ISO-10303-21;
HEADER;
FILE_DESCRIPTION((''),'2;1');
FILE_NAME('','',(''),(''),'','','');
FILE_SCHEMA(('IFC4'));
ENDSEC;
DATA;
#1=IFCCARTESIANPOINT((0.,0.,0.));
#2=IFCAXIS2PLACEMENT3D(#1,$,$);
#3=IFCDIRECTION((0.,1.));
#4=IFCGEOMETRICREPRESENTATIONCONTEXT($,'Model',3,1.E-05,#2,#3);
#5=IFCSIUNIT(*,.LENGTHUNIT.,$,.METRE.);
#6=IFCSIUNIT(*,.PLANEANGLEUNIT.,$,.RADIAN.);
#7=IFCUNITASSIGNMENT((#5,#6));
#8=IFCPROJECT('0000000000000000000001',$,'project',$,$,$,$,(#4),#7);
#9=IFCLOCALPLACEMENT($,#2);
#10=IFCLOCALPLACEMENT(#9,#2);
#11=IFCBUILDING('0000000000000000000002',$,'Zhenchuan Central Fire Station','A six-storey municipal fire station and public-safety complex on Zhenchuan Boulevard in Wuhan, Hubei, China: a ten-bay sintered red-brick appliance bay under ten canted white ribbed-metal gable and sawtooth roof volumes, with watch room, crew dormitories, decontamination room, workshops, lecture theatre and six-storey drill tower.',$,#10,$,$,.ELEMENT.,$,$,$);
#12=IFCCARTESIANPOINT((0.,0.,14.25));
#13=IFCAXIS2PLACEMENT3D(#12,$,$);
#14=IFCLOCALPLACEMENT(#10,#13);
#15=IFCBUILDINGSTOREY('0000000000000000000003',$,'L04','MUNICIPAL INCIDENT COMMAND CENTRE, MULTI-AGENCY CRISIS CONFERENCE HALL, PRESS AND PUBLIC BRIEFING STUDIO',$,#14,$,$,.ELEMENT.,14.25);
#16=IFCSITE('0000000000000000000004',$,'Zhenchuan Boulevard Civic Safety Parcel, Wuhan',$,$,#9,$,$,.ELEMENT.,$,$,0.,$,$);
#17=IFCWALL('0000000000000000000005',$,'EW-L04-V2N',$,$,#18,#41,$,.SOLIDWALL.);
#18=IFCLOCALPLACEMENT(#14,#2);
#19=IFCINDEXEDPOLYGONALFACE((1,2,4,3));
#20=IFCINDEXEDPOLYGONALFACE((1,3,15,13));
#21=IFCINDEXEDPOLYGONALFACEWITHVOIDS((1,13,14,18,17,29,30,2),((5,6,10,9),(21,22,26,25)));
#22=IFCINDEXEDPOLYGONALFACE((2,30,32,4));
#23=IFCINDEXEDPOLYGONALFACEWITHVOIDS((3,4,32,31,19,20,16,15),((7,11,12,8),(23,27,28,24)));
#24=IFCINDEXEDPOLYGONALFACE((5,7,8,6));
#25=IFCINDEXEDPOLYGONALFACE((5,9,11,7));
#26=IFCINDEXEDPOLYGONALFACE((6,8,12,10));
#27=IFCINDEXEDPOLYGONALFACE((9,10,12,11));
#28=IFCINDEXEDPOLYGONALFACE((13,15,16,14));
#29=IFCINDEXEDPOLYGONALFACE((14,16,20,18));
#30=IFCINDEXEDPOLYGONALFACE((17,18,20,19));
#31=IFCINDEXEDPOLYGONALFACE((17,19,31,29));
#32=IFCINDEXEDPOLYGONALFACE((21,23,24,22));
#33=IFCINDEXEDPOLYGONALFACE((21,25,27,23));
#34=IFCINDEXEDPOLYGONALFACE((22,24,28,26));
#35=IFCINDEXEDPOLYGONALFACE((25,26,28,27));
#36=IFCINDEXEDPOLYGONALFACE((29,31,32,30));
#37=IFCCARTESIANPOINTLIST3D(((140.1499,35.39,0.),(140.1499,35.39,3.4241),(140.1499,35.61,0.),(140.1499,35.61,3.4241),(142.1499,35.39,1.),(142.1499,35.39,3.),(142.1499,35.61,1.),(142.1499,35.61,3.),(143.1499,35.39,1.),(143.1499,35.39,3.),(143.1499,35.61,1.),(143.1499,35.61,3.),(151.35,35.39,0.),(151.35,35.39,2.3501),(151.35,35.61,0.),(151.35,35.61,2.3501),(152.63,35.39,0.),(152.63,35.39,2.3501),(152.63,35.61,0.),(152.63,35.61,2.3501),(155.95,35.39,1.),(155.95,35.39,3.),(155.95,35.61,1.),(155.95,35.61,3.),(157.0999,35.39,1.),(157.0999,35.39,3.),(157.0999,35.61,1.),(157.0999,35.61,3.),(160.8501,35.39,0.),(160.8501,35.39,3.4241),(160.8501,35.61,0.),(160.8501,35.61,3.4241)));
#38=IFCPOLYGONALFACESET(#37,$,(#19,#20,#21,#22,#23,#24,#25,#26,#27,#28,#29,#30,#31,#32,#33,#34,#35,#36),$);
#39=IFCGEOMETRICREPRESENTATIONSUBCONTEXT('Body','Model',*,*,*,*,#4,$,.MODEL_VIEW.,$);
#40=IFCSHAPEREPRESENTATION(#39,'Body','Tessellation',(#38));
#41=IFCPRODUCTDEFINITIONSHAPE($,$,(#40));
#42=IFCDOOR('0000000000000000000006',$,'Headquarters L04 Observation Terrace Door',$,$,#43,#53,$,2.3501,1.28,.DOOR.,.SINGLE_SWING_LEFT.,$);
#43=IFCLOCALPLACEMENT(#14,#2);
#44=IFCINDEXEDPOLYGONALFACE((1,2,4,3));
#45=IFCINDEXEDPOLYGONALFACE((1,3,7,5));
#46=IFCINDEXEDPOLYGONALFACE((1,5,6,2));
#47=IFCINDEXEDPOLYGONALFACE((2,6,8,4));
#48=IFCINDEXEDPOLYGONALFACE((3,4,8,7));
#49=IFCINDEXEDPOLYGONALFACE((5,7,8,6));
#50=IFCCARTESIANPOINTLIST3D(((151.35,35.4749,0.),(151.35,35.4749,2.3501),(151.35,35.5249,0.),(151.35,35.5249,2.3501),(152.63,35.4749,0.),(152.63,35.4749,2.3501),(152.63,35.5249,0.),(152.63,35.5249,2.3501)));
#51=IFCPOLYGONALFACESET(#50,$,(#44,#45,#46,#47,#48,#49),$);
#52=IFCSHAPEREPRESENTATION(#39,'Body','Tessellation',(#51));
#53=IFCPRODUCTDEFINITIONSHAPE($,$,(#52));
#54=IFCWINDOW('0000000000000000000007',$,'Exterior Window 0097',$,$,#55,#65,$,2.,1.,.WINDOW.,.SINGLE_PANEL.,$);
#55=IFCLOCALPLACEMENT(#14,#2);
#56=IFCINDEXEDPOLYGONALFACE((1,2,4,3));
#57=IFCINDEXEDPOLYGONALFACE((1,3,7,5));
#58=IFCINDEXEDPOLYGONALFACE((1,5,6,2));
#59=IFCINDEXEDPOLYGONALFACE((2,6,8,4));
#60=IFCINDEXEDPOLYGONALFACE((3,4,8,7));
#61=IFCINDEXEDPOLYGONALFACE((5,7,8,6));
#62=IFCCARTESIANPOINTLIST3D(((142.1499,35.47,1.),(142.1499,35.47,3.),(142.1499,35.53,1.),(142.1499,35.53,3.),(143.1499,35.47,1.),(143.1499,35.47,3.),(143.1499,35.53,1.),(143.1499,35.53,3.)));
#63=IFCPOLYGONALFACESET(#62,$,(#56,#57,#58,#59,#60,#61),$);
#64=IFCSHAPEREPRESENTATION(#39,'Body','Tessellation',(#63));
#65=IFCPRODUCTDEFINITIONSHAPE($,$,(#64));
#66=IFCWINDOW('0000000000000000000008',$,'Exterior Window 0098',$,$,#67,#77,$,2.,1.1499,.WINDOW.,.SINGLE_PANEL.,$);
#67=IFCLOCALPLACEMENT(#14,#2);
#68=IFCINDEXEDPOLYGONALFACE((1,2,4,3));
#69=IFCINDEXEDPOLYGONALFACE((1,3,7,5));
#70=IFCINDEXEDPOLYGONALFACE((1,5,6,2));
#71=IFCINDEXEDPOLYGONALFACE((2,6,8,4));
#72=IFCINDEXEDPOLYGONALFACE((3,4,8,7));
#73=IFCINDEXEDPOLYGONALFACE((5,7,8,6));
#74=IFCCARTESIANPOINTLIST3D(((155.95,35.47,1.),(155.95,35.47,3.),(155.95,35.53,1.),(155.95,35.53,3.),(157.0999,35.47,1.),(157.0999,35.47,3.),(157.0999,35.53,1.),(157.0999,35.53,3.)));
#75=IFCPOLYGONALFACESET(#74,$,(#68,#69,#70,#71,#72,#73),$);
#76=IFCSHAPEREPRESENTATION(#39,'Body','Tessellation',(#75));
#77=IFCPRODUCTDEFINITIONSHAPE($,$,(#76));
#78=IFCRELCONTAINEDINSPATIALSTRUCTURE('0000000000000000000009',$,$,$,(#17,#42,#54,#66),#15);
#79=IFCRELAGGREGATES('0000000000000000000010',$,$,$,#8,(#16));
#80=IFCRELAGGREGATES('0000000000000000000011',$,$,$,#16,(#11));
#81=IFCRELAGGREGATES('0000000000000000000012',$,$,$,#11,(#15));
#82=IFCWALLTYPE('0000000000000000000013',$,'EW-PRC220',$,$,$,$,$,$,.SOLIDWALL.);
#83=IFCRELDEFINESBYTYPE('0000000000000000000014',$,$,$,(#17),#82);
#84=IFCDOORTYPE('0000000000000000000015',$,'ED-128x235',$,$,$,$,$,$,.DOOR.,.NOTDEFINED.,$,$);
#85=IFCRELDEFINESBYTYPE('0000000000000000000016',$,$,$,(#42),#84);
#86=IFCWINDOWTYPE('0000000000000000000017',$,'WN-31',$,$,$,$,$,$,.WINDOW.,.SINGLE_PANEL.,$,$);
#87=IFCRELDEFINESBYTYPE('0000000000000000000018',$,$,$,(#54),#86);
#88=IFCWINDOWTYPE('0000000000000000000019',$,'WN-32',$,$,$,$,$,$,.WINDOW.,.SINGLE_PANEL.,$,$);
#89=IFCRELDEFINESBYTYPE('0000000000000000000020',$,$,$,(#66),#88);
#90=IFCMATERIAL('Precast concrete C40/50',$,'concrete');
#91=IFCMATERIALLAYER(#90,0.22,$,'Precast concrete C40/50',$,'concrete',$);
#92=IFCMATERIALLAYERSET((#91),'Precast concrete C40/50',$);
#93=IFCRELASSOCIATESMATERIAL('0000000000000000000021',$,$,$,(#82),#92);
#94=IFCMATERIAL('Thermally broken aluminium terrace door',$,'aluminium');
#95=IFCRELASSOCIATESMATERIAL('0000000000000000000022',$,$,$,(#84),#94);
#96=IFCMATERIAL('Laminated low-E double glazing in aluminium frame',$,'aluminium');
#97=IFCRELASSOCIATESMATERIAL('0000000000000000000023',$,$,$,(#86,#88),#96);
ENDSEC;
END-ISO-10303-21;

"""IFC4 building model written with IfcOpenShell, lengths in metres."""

from ifc_helpers import new_model, si_unit, direction, frame, frame_2d, origin, place, context, subcontext, project, spatial, rectangle, extrude, material, layer, layer_set, type_object, element, fill, save


model = new_model("IFC4")

# Units and contexts
model_context = context("Model", 3, precision=1e-05, world=origin(), true_north=direction((0.0, 1.0)))
body_context = subcontext(model_context, "Body", "Model", "MODEL_VIEW")
ifc_project = project(units=[si_unit("LENGTHUNIT", "METRE"), si_unit("PLANEANGLEUNIT", "RADIAN")], contexts=[model_context])

# Site, building, storey
site_placement = place(None, origin())
site = spatial("IfcSite", under=ifc_project, at=site_placement, Name="Zhenchuan Boulevard Civic Safety Parcel, Wuhan", CompositionType="ELEMENT", RefElevation=0.0)
building_placement = place(site_placement, origin())
building = spatial("IfcBuilding", under=site, at=building_placement, Name="Zhenchuan Central Fire Station", Description="A six-storey municipal fire station and public-safety complex on Zhenchuan Boulevard in Wuhan, Hubei, China: a ten-bay sintered red-brick appliance bay under ten canted white ribbed-metal gable and sawtooth roof volumes, with watch room, crew dormitories, decontamination room, workshops, lecture theatre and six-storey drill tower.", CompositionType="ELEMENT")
storey_placement = place(building_placement, frame((0.0, 0.0, 14.25)))
storey = spatial("IfcBuildingStorey", under=building, at=storey_placement, Name="L04", Description="MUNICIPAL INCIDENT COMMAND CENTRE, MULTI-AGENCY CRISIS CONFERENCE HALL, PRESS AND PUBLIC BRIEFING STUDIO", CompositionType="ELEMENT", Elevation=14.25)

# Wall, openings, door, windows
ifc_material_1 = material(Name="Precast concrete C40/50", Category="concrete")
ifc_layer_1 = layer(ifc_material_1, 0.22, Name="Precast concrete C40/50", Category="concrete")
ifc_layer_set_1 = layer_set([ifc_layer_1], Name="Precast concrete C40/50")
wall_type = type_object("IfcWallType", Name="EW-PRC220", PredefinedType="SOLIDWALL", material=ifc_layer_set_1)
wall_placement = place(storey_placement, frame((140.1499, 35.5, 0.0), z_axis=(0.0, 0.0, 1.0), x_axis=(1.0, 0.0, 0.0)))
wall = element("IfcWall", 1, at=wall_placement, inside=storey, type_object=wall_type, Name="EW-L04-V2N", PredefinedType="SOLIDWALL", context=body_context, shape_type="SweptSolid", body=[
    extrude(rectangle(XDim=20.7002, YDim=0.22, at=frame_2d((10.3501, 0.0))), origin(), (0.0, 0.0, 1.0), 3.4241),
])
opening_1_placement = place(wall_placement, frame((11.2, 0.0, 0.0)))
opening_1 = element("IfcOpeningElement", 2, at=opening_1_placement, cuts=wall, PredefinedType="OPENING", context=body_context, shape_type="SweptSolid", body=[
    extrude(rectangle(XDim=1.28, YDim=2.3501, at=frame_2d((0.6401, 1.175))), frame((0.0, 0.1199, 0.0), z_axis=(0.0, -1.0, 0.0), x_axis=(1.0, 0.0, 0.0)), (0.0, 0.0, 1.0), 0.24),
])
opening_2_placement = place(wall_placement, frame((2.0, 0.0, 1.0)))
opening_2 = element("IfcOpeningElement", 3, at=opening_2_placement, cuts=wall, PredefinedType="OPENING", context=body_context, shape_type="SweptSolid", body=[
    extrude(rectangle(XDim=1.0, YDim=2.0, at=frame_2d((0.5, 1.0))), frame((0.0, 0.1199, 0.0), z_axis=(0.0, -1.0, 0.0), x_axis=(1.0, 0.0, 0.0)), (0.0, 0.0, 1.0), 0.24),
])
opening_3_placement = place(wall_placement, frame((15.8, 0.0, 1.0)))
opening_3 = element("IfcOpeningElement", 4, at=opening_3_placement, cuts=wall, PredefinedType="OPENING", context=body_context, shape_type="SweptSolid", body=[
    extrude(rectangle(XDim=1.1499, YDim=2.0, at=frame_2d((0.575, 1.0))), frame((0.0, 0.1199, 0.0), z_axis=(0.0, -1.0, 0.0), x_axis=(1.0, 0.0, 0.0)), (0.0, 0.0, 1.0), 0.24),
])
ifc_material_2 = material(Name="Thermally broken aluminium terrace door", Category="aluminium")
door_type = type_object("IfcDoorType", Name="ED-128x235", OperationType="NOTDEFINED", PredefinedType="DOOR", material=ifc_material_2)
door_placement = place(opening_1_placement, origin())
door = element("IfcDoor", 5, at=door_placement, inside=storey, type_object=door_type, Name="Headquarters L04 Observation Terrace Door", OperationType="SINGLE_SWING_LEFT", OverallHeight=2.3501, OverallWidth=1.28, PredefinedType="DOOR", context=body_context, shape_type="SweptSolid", body=[
    extrude(rectangle(XDim=1.28, YDim=2.3501, at=frame_2d((0.6401, 1.175))), frame((0.0, 0.0249, 0.0), z_axis=(0.0, -1.0, 0.0), x_axis=(1.0, 0.0, 0.0)), (0.0, 0.0, 1.0), 0.05),
])
fill(opening_1, door)
ifc_material_3 = material(Name="Laminated low-E double glazing in aluminium frame", Category="aluminium")
window_type_1 = type_object("IfcWindowType", Name="WN-31", PartitioningType="SINGLE_PANEL", PredefinedType="WINDOW", material=ifc_material_3)
window_1_placement = place(opening_2_placement, origin())
window_1 = element("IfcWindow", 6, at=window_1_placement, inside=storey, type_object=window_type_1, Name="Exterior Window 0097", OverallHeight=2.0, OverallWidth=1.0, PartitioningType="SINGLE_PANEL", PredefinedType="WINDOW", context=body_context, shape_type="SweptSolid", body=[
    extrude(rectangle(XDim=1.0, YDim=2.0, at=frame_2d((0.5, 1.0))), frame((0.0, 0.03, 0.0), z_axis=(0.0, -1.0, 0.0), x_axis=(1.0, 0.0, 0.0)), (0.0, 0.0, 1.0), 0.0601),
])
fill(opening_2, window_1)
window_type_2 = type_object("IfcWindowType", Name="WN-32", PartitioningType="SINGLE_PANEL", PredefinedType="WINDOW", material=ifc_material_3)
window_2_placement = place(opening_3_placement, origin())
window_2 = element("IfcWindow", 7, at=window_2_placement, inside=storey, type_object=window_type_2, Name="Exterior Window 0098", OverallHeight=2.0, OverallWidth=1.1499, PartitioningType="SINGLE_PANEL", PredefinedType="WINDOW", context=body_context, shape_type="SweptSolid", body=[
    extrude(rectangle(XDim=1.1499, YDim=2.0, at=frame_2d((0.575, 1.0))), frame((0.0, 0.03, 0.0), z_axis=(0.0, -1.0, 0.0), x_axis=(1.0, 0.0, 0.0)), (0.0, 0.0, 1.0), 0.0601),
])
fill(opening_3, window_2)

save(model, "model.ifc")
